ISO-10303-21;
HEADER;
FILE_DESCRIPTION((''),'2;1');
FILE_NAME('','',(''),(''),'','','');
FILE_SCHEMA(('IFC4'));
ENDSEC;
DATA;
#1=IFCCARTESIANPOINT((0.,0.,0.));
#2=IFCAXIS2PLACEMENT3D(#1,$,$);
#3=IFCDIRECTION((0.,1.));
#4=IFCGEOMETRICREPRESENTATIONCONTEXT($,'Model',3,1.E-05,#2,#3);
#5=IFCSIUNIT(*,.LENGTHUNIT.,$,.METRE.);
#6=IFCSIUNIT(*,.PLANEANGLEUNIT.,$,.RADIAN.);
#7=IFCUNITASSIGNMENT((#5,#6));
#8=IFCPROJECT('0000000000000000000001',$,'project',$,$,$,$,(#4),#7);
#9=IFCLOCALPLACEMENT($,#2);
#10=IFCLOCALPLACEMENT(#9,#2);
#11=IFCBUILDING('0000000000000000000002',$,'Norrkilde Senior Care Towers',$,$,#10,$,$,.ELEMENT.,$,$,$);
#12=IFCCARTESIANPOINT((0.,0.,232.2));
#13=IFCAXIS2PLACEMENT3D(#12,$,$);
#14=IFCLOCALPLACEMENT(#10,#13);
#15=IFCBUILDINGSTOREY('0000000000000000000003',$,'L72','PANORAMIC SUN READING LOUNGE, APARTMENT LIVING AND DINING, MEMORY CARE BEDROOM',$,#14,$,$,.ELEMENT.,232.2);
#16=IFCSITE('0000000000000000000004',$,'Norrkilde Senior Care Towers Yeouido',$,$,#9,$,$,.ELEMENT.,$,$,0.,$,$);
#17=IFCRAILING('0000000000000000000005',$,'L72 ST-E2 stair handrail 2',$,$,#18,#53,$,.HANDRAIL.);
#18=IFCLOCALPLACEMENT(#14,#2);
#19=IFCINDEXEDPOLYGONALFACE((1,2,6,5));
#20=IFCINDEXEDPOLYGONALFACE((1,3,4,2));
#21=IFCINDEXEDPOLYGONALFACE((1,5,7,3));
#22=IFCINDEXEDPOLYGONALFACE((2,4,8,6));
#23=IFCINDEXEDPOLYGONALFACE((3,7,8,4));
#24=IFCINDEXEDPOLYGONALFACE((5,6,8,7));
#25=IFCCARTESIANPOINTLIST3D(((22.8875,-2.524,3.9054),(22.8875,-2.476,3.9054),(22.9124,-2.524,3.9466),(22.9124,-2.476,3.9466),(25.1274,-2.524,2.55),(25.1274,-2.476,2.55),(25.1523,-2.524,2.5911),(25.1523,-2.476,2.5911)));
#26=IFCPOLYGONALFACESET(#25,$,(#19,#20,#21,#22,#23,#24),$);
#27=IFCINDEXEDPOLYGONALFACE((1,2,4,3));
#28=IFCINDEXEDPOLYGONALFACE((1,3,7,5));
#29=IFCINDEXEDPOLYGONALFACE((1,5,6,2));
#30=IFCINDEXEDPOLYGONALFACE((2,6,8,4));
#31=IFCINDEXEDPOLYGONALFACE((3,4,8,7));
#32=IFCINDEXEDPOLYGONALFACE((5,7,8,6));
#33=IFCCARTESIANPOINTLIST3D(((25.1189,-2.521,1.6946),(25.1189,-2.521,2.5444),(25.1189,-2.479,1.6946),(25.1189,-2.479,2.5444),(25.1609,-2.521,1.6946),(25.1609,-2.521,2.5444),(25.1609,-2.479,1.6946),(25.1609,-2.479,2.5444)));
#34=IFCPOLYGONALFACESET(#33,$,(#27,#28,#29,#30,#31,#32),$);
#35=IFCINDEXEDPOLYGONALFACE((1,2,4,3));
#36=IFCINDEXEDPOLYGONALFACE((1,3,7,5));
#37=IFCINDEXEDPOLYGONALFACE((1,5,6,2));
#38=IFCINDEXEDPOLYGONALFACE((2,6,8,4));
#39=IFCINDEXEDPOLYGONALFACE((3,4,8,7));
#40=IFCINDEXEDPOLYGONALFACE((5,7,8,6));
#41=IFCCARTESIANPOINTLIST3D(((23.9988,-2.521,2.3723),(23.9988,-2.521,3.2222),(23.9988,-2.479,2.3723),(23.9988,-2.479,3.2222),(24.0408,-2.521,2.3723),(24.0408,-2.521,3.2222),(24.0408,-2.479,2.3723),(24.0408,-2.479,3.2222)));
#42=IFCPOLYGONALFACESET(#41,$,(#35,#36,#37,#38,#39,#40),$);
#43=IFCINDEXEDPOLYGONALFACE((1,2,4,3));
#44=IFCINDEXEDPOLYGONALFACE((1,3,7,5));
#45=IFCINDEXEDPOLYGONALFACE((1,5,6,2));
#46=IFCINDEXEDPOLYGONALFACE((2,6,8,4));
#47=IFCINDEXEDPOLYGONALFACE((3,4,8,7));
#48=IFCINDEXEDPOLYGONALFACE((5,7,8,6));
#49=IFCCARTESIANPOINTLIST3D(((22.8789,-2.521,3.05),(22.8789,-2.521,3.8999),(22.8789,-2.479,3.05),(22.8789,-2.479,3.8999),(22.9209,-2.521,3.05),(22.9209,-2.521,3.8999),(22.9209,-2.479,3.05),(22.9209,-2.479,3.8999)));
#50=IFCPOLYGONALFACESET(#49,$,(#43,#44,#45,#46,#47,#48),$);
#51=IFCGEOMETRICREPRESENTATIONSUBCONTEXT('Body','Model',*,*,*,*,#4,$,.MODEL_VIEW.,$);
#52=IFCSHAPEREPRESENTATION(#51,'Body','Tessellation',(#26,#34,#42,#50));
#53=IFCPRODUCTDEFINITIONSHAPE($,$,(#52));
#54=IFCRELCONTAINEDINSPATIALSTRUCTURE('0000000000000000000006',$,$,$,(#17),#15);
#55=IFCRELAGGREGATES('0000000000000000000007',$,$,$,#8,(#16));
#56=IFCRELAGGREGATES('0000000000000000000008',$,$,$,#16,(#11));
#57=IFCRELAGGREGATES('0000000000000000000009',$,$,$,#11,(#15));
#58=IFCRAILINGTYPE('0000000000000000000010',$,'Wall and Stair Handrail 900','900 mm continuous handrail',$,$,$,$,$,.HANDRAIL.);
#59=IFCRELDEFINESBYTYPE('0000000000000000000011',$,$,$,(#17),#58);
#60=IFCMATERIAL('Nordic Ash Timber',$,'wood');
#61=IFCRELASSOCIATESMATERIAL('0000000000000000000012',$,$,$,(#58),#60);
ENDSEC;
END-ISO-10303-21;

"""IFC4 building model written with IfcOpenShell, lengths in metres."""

from ifc_helpers import new_model, si_unit, direction, frame, origin, origin_2d, place, context, subcontext, project, spatial, rectangle, extrude, material, type_object, element, save


model = new_model("IFC4")

# Units and contexts
model_context = context("Model", 3, precision=1e-05, world=origin(), true_north=direction((0.0, 1.0)))
body_context = subcontext(model_context, "Body", "Model", "MODEL_VIEW")
ifc_project = project(units=[si_unit("LENGTHUNIT", "METRE"), si_unit("PLANEANGLEUNIT", "RADIAN")], contexts=[model_context])

# Site, building, storey
site_placement = place(None, origin())
site = spatial("IfcSite", under=ifc_project, at=site_placement, Name="Norrkilde Senior Care Towers Yeouido", CompositionType="ELEMENT", RefElevation=0.0)
building_placement = place(site_placement, origin())
building = spatial("IfcBuilding", under=site, at=building_placement, Name="Norrkilde Senior Care Towers", CompositionType="ELEMENT")
storey_placement = place(building_placement, frame((0.0, 0.0, 232.2)))
storey = spatial("IfcBuildingStorey", under=building, at=storey_placement, Name="L72", Description="PANORAMIC SUN READING LOUNGE, APARTMENT LIVING AND DINING, MEMORY CARE BEDROOM", CompositionType="ELEMENT", Elevation=232.2)

# Railing
ifc_material_1 = material(Name="Nordic Ash Timber", Category="wood")
railing_type_1 = type_object("IfcRailingType", Name="Wall and Stair Handrail 900", Description="900 mm continuous handrail", PredefinedType="HANDRAIL", material=ifc_material_1)
railing_1_placement = place(storey_placement, frame((25.1399, -2.5, 1.6946)))
element("IfcRailing", 1, at=railing_1_placement, inside=storey, type_object=railing_type_1, Name="L72 ST-E2 stair handrail 2", PredefinedType="HANDRAIL", context=body_context, shape_type="SweptSolid", body=[
    extrude(rectangle(XDim=0.0481, YDim=0.0481, at=origin_2d()), frame((0.0, 0.0, 0.876), z_axis=(-0.855553, 0.0, 0.517715), x_axis=(0.0, -1.0, 0.0)), (0.0, 0.0, 1.0), 2.6182),
    extrude(rectangle(XDim=0.042, YDim=0.042, at=origin_2d()), origin(), (0.0, 0.0, 1.0), 0.8499),
    extrude(rectangle(XDim=0.042, YDim=0.042, at=origin_2d()), frame((-1.1201, 0.0, 0.6777)), (0.0, 0.0, 1.0), 0.8499),
    extrude(rectangle(XDim=0.042, YDim=0.042, at=origin_2d()), frame((-2.24, 0.0, 1.3555)), (0.0, 0.0, 1.0), 0.8499),
])

save(model, "model.ifc")
